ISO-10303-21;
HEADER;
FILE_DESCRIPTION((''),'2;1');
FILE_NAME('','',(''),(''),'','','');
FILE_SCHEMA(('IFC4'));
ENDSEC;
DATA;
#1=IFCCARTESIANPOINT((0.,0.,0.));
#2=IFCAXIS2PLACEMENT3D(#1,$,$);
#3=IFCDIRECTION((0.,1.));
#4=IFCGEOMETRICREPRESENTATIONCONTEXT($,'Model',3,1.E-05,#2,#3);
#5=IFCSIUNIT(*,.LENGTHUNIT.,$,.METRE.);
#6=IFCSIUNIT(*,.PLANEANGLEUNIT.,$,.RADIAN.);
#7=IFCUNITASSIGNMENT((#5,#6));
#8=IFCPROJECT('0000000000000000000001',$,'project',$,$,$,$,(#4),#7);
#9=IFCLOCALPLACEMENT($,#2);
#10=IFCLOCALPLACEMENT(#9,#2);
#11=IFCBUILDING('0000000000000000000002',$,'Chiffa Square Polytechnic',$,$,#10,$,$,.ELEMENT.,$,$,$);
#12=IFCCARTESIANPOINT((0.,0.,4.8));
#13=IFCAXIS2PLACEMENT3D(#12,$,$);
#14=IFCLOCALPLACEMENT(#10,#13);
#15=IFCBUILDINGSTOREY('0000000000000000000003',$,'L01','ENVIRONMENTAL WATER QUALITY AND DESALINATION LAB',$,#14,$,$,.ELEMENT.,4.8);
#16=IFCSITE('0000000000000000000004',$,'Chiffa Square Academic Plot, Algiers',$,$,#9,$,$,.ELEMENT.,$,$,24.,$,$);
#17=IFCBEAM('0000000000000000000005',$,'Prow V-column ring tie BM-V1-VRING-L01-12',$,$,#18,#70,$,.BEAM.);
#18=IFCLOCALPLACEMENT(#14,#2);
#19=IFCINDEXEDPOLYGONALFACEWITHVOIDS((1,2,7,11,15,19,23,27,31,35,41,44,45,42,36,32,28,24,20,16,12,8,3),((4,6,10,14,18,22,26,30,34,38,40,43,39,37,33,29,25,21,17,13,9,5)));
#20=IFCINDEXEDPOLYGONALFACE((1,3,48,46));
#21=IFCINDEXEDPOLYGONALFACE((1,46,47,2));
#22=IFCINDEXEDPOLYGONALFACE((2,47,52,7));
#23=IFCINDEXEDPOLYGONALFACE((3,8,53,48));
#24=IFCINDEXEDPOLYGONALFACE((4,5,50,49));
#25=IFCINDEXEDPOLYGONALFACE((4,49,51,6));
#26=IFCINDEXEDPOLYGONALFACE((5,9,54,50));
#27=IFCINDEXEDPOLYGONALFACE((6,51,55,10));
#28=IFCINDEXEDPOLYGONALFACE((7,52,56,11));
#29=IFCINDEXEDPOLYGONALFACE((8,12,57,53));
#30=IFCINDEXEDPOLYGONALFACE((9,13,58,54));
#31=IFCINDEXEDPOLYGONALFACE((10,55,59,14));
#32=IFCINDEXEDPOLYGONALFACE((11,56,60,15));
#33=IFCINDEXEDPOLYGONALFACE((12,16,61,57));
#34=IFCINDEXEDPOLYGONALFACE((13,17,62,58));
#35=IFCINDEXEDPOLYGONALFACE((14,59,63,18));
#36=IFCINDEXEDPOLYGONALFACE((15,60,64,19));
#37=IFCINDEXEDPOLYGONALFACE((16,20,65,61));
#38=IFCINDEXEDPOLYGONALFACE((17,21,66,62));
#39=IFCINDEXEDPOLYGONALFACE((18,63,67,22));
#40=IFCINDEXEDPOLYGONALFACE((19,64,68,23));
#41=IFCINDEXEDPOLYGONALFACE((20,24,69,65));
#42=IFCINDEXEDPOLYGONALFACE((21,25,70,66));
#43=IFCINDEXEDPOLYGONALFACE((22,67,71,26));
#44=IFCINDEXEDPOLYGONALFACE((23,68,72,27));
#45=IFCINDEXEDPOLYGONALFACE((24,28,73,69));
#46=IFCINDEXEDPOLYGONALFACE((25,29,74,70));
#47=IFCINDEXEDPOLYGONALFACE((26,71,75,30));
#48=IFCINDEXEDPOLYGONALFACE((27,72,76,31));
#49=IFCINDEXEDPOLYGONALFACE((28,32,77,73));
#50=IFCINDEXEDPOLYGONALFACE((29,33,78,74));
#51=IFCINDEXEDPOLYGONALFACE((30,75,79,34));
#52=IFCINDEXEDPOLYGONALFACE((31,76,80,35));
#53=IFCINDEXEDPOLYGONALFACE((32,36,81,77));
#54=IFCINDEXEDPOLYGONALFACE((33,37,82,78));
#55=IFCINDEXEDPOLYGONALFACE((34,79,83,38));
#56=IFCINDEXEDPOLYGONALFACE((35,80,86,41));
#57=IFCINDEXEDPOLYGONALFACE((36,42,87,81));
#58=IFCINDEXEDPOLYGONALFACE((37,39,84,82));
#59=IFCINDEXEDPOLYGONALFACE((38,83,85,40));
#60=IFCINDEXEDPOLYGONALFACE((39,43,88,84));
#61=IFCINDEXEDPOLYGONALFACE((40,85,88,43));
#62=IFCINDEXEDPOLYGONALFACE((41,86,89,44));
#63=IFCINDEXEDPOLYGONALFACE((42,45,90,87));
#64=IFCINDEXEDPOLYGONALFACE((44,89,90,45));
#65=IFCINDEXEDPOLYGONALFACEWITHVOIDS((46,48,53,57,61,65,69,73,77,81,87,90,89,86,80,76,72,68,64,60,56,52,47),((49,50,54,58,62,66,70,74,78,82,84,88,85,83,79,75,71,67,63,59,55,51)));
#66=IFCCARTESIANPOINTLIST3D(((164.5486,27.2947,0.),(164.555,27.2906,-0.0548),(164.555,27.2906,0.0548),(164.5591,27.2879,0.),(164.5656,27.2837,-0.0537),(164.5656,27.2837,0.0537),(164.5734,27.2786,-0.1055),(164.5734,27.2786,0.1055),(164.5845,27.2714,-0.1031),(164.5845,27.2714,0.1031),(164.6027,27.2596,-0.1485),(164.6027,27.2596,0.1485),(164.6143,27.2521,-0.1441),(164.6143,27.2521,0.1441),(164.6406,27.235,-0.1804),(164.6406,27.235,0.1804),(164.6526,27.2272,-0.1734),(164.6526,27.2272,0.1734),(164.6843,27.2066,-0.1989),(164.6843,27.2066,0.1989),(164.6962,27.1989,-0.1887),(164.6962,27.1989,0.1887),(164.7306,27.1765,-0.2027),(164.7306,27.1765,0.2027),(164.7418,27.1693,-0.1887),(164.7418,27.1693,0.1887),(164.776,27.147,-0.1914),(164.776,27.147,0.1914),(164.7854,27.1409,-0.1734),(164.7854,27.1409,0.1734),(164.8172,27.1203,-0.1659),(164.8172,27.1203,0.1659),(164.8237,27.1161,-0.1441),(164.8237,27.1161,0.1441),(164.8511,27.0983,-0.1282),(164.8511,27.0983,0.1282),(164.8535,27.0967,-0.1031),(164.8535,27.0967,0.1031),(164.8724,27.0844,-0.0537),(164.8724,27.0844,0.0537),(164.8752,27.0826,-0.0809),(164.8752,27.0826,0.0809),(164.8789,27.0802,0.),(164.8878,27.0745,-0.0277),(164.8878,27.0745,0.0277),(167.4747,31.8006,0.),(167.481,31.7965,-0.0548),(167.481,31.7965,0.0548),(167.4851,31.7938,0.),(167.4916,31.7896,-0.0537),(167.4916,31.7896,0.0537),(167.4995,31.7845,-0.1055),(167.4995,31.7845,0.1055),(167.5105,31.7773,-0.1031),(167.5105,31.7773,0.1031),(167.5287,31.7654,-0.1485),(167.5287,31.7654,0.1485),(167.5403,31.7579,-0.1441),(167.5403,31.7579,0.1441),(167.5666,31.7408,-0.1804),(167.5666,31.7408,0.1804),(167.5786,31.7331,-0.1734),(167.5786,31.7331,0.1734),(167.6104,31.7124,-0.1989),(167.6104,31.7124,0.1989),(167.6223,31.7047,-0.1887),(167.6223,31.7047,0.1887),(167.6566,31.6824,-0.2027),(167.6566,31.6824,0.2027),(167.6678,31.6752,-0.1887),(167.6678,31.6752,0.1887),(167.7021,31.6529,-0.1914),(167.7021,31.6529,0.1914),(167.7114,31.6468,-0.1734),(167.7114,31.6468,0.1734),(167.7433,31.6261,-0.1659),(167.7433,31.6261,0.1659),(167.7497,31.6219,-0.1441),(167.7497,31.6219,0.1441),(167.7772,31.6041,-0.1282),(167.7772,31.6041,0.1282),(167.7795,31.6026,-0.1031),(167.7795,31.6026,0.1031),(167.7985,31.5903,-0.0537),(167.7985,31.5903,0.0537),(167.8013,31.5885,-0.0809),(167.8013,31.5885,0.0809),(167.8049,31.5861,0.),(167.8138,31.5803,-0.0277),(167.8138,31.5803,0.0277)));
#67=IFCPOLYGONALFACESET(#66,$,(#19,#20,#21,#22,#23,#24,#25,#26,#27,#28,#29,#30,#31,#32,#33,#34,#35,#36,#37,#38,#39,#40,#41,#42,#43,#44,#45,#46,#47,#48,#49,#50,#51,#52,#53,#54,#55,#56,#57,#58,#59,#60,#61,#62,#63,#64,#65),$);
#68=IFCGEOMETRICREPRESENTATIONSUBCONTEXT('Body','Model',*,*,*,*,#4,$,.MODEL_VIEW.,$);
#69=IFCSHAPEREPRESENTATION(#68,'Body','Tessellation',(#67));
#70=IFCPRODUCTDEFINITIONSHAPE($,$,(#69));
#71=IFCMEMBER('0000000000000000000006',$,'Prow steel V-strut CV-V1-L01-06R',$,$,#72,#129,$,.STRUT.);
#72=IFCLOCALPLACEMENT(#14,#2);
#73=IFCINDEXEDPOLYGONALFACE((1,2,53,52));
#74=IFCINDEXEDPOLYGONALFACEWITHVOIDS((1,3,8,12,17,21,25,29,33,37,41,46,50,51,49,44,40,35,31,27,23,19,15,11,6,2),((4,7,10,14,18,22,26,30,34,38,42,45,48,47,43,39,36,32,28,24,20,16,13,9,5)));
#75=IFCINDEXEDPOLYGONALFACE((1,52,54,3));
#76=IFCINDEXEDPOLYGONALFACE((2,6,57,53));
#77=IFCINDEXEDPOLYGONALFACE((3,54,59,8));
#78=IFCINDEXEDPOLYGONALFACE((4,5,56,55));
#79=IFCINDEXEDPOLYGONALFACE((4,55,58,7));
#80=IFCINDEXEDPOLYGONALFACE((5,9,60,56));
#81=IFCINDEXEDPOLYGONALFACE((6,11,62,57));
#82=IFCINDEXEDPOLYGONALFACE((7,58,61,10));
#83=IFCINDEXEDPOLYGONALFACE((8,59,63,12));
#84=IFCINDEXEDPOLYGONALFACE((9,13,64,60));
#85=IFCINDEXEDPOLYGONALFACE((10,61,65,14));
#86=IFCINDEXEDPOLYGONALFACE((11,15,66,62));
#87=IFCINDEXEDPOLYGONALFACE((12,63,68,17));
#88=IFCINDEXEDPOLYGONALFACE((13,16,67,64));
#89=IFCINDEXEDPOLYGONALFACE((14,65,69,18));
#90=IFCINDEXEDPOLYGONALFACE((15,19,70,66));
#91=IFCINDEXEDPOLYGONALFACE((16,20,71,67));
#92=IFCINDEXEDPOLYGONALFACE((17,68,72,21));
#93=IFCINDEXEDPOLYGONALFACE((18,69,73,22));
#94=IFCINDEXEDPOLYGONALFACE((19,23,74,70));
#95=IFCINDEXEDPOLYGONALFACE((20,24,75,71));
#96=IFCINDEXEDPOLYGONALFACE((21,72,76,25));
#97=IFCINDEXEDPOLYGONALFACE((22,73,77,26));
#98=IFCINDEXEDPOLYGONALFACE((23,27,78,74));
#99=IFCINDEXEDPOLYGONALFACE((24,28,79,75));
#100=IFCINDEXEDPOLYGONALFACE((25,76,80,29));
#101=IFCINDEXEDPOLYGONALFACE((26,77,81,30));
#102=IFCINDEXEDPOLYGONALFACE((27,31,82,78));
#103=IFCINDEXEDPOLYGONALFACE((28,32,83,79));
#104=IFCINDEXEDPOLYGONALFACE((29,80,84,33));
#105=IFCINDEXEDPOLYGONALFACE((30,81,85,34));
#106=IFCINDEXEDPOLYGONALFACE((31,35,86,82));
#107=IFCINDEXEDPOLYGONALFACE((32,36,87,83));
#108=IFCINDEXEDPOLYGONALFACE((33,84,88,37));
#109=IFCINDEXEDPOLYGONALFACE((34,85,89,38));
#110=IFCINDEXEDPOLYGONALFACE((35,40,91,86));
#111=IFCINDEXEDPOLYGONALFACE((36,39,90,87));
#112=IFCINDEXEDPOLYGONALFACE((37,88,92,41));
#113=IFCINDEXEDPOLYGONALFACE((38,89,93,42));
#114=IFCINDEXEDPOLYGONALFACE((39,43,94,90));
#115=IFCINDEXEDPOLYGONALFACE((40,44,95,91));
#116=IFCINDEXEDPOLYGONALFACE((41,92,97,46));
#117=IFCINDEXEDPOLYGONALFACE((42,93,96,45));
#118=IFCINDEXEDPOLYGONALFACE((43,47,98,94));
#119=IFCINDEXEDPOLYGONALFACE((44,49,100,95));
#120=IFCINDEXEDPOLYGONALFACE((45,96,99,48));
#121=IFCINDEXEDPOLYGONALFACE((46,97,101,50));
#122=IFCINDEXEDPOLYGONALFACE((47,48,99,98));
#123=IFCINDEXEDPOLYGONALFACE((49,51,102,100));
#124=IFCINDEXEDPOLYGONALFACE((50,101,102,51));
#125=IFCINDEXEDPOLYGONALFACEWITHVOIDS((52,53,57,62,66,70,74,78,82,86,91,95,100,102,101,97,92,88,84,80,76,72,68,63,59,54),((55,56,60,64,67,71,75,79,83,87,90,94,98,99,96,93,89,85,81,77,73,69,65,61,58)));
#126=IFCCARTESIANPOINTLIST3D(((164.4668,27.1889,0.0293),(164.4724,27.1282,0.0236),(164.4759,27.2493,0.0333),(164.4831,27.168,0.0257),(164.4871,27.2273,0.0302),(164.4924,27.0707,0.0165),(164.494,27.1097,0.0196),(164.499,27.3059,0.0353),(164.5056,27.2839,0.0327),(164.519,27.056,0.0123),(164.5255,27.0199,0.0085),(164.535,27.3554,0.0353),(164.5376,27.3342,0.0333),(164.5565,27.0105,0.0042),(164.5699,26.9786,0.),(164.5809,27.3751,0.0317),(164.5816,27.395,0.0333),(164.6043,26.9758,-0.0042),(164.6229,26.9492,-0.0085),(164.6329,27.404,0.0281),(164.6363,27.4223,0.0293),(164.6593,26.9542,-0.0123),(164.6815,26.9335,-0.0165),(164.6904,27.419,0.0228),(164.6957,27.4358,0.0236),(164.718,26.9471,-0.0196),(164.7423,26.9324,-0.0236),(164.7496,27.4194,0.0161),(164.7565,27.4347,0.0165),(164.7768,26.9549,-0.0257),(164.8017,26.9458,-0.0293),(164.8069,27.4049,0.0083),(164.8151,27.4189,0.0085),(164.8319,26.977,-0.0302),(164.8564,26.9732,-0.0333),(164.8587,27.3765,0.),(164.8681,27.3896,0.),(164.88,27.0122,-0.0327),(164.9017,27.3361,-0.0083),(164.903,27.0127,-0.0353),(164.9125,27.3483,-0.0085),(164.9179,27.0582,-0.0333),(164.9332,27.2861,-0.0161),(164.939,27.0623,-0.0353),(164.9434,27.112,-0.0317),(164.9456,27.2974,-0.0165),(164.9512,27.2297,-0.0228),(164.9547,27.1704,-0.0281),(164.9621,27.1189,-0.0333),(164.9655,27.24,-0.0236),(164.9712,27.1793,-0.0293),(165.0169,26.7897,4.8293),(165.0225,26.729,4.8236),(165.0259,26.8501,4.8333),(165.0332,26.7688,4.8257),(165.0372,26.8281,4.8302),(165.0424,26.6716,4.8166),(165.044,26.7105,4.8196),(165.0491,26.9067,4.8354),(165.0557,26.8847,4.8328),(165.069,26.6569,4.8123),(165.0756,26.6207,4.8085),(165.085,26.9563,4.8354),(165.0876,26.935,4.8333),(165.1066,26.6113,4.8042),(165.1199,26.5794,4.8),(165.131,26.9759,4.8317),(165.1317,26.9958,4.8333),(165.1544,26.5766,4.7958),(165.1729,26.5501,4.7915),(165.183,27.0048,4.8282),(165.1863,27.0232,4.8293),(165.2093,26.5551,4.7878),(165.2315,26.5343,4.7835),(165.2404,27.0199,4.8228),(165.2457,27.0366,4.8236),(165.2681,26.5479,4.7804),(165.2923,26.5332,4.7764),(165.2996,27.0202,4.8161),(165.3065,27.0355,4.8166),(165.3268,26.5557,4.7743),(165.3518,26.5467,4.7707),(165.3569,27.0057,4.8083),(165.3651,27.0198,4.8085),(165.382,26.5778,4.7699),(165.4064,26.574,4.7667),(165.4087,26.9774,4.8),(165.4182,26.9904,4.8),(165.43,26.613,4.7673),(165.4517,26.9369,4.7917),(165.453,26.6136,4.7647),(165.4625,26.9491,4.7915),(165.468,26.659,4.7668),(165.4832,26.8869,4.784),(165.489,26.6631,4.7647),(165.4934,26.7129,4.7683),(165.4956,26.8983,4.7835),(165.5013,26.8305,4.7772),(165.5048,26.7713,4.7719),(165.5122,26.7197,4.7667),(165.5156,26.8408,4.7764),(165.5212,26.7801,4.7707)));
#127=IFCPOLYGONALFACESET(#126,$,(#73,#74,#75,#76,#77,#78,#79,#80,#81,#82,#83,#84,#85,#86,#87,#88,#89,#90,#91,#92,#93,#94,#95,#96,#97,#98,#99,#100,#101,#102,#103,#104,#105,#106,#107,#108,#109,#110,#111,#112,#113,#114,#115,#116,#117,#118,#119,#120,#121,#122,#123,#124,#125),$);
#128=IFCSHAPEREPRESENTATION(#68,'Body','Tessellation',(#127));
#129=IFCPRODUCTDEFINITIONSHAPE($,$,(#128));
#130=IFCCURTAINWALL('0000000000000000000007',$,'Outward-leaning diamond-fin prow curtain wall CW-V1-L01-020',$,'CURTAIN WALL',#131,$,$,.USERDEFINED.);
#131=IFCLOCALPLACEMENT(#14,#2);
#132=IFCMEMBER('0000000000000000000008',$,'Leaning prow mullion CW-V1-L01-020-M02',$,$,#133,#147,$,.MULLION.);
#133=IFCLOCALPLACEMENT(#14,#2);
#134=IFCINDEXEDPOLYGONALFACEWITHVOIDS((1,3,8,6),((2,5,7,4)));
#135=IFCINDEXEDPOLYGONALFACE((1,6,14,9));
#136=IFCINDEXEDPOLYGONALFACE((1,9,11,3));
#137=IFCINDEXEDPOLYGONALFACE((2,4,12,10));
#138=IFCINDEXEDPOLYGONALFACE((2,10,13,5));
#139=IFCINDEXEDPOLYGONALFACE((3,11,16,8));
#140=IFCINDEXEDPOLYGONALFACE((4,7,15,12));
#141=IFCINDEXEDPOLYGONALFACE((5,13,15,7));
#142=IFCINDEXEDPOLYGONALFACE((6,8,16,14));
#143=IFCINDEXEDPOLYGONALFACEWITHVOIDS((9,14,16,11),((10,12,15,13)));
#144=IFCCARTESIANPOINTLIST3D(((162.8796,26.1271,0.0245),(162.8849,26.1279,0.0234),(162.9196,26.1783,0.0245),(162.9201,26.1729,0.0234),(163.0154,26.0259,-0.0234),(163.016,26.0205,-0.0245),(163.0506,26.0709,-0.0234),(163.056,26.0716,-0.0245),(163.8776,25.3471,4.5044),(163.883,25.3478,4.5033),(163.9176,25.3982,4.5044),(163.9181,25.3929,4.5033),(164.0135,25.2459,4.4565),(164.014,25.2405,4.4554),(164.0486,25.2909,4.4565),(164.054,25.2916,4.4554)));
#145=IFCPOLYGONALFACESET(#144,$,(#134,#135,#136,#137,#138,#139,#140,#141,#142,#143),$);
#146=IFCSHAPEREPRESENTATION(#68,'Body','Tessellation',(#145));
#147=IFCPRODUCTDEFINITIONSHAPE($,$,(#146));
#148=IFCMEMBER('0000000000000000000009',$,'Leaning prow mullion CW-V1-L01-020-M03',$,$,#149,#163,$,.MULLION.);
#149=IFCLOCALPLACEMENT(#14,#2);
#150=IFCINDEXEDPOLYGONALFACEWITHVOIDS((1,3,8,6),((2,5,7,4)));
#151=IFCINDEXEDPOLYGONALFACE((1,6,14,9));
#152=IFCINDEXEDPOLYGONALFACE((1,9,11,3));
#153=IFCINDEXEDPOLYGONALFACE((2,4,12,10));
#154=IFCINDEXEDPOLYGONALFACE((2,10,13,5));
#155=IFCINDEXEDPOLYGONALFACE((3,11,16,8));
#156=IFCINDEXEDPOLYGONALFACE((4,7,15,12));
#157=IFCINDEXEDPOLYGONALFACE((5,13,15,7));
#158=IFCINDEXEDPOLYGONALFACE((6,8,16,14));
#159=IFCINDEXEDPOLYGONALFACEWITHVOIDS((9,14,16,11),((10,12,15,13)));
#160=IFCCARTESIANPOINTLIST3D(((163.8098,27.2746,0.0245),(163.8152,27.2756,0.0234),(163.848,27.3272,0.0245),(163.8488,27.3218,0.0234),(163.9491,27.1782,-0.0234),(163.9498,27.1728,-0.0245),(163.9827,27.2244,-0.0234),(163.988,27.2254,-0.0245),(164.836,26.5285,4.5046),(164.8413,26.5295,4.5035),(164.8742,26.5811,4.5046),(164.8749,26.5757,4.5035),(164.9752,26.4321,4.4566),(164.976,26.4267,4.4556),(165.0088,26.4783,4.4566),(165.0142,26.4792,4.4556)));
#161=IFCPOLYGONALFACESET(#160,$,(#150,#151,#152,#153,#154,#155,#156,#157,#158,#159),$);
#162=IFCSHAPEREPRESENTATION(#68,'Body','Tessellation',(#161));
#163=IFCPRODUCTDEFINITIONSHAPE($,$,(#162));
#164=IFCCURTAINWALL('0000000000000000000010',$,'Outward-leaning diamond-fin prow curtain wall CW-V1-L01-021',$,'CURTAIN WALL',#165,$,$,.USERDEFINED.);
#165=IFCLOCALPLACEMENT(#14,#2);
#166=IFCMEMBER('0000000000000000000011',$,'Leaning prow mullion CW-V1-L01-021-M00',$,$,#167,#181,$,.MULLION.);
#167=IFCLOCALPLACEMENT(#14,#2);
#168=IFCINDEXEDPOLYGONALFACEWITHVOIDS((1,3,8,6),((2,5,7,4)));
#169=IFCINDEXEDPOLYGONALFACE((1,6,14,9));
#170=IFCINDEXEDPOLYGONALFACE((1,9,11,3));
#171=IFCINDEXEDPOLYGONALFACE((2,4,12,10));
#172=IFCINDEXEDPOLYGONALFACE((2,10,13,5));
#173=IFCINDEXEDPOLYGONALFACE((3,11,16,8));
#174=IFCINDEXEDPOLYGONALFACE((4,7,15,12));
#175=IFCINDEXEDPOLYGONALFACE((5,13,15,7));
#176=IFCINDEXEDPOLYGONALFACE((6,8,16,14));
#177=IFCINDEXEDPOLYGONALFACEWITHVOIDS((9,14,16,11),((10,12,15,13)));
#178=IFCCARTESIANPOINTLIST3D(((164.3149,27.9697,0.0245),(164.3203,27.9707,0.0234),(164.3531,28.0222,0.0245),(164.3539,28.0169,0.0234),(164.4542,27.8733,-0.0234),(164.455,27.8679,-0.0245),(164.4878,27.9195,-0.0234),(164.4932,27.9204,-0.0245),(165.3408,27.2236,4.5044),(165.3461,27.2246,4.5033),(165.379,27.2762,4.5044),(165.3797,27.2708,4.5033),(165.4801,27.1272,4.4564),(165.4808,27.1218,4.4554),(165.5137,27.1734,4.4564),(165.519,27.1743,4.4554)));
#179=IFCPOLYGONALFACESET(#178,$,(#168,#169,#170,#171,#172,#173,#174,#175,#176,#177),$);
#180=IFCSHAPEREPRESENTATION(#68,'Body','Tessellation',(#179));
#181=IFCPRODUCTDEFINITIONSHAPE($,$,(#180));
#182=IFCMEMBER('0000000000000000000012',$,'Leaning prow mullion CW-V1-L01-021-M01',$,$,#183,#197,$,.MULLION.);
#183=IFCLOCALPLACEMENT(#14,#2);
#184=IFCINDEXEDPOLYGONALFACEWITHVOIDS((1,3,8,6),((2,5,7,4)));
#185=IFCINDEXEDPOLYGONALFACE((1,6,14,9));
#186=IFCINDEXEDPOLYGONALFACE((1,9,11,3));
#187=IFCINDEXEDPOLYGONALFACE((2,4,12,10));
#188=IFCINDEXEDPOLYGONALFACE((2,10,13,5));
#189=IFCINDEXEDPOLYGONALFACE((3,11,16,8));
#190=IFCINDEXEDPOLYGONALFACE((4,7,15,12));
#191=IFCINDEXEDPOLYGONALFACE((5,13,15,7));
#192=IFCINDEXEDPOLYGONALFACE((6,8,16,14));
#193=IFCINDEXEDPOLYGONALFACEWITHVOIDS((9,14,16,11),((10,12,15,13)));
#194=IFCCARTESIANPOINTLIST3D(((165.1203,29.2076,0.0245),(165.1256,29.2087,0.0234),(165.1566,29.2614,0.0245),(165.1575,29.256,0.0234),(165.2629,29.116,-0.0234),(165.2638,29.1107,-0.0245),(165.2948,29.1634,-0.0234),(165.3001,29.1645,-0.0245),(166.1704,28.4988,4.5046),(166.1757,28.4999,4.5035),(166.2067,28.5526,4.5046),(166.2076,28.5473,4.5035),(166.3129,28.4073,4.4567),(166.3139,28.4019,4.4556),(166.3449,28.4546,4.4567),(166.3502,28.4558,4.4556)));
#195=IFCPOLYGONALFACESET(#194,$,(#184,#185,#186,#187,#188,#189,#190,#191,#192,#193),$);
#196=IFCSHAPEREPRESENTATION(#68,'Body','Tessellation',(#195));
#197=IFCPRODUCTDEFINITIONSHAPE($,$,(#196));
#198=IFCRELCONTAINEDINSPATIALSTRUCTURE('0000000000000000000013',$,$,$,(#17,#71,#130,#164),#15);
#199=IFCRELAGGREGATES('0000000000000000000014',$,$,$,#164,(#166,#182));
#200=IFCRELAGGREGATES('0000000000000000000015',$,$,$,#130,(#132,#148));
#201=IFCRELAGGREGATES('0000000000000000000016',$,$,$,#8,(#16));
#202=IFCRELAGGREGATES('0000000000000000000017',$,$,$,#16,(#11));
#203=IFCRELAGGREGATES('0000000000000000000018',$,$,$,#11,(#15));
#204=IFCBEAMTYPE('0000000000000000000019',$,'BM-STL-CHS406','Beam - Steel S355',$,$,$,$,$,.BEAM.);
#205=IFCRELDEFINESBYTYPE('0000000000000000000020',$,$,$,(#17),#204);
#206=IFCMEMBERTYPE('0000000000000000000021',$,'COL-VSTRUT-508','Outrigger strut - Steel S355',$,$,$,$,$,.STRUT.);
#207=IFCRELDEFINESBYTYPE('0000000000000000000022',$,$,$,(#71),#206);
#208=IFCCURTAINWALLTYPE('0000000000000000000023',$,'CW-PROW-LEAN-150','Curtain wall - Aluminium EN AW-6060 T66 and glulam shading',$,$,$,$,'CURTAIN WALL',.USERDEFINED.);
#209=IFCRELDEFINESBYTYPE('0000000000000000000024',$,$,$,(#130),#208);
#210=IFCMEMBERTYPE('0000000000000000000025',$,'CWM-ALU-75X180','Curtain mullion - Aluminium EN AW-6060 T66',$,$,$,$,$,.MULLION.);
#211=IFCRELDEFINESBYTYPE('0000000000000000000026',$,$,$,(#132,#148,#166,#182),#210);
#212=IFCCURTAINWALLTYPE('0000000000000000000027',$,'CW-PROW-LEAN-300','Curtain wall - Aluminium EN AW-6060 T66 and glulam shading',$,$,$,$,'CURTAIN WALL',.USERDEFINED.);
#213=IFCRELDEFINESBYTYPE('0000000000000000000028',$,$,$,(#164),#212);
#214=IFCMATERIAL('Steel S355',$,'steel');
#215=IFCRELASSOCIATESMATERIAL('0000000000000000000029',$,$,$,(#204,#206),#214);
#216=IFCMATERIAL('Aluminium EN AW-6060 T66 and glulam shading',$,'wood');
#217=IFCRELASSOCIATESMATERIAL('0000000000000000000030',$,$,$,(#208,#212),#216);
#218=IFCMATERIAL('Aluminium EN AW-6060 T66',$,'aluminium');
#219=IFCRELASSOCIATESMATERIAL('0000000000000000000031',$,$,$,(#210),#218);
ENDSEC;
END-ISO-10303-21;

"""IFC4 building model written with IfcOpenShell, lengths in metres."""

from ifc_helpers import new_model, si_unit, direction, frame, origin, origin_2d, place, context, subcontext, project, spatial, hollow_rectangle, hollow_circle, extrude, material, material_profile, profile_set, type_object, element, aggregate, save


model = new_model("IFC4")

# Units and contexts
model_context = context("Model", 3, precision=1e-05, world=origin(), true_north=direction((0.0, 1.0)))
body_context = subcontext(model_context, "Body", "Model", "MODEL_VIEW")
ifc_project = project(units=[si_unit("LENGTHUNIT", "METRE"), si_unit("PLANEANGLEUNIT", "RADIAN")], contexts=[model_context])

# Site, building, storey
site_placement = place(None, origin())
site = spatial("IfcSite", under=ifc_project, at=site_placement, Name="Chiffa Square Academic Plot, Algiers", CompositionType="ELEMENT", RefElevation=24.0)
building_placement = place(site_placement, origin())
building = spatial("IfcBuilding", under=site, at=building_placement, Name="Chiffa Square Polytechnic", CompositionType="ELEMENT")
storey_placement = place(building_placement, frame((0.0, 0.0, 4.8)))
storey = spatial("IfcBuildingStorey", under=building, at=storey_placement, Name="L01", Description="ENVIRONMENTAL WATER QUALITY AND DESALINATION LAB", CompositionType="ELEMENT", Elevation=4.8)

# Beam
ifc_material_1 = material(Name="Steel S355", Category="steel")
ifc_material_profile_1 = material_profile(ifc_material_1, hollow_circle(Radius=0.2031, WallThickness=0.0125, at=origin_2d()), Name="CHS 406.4x12.5")
ifc_profile_set_1 = profile_set([ifc_material_profile_1], Name="Steel S355")
beam_type = type_object("IfcBeamType", Name="BM-STL-CHS406", Description="Beam - Steel S355", PredefinedType="BEAM", material=ifc_profile_set_1)
beam_placement = place(storey_placement, frame((164.719, 27.1841, 0.0), z_axis=(0.544624, 0.83868, 0.0), x_axis=(-0.83868, 0.544624, 0.0)))
element("IfcBeam", 1, at=beam_placement, inside=storey, type_object=beam_type, Name="Prow V-column ring tie BM-V1-VRING-L01-12", PredefinedType="BEAM", context=body_context, shape_type="SweptSolid", body=[
    extrude(hollow_circle(Radius=0.2031, WallThickness=0.0125, at=origin_2d()), origin(), (0.0, 0.0, 1.0), 5.3726),
])

# Member
ifc_material_profile_2 = material_profile(ifc_material_1, hollow_circle(Radius=0.2539, WallThickness=0.0161, at=origin_2d()), Name="CHS 508x16")
ifc_profile_set_2 = profile_set([ifc_material_profile_2], Name="Steel S355")
member_type_1 = type_object("IfcMemberType", Name="COL-VSTRUT-508", Description="Outrigger strut - Steel S355", PredefinedType="STRUT", material=ifc_profile_set_2)
member_1_placement = place(storey_placement, frame((164.719, 27.1841, 0.0), z_axis=(0.113461, -0.082338, 0.990125), x_axis=(0.587338, 0.809341, 0.0)))
element("IfcMember", 2, at=member_1_placement, inside=storey, type_object=member_type_1, Name="Prow steel V-strut CV-V1-L01-06R", PredefinedType="STRUT", context=body_context, shape_type="SweptSolid", body=[
    extrude(hollow_circle(Radius=0.2539, WallThickness=0.0161, at=origin_2d()), origin(), (0.0, 0.0, 1.0), 4.8479),
])

# Curtain walls, members
ifc_material_2 = material(Name="Aluminium EN AW-6060 T66 and glulam shading", Category="wood")
curtain_wall_type_1 = type_object("IfcCurtainWallType", Name="CW-PROW-LEAN-150", Description="Curtain wall - Aluminium EN AW-6060 T66 and glulam shading", ElementType="CURTAIN WALL", PredefinedType="USERDEFINED", material=ifc_material_2)
curtain_wall_1_placement = place(storey_placement, origin())
curtain_wall_1 = element("IfcCurtainWall", 3, at=curtain_wall_1_placement, inside=storey, type_object=curtain_wall_type_1, Name="Outward-leaning diamond-fin prow curtain wall CW-V1-L01-020", ObjectType="CURTAIN WALL", PredefinedType="USERDEFINED")
ifc_material_3 = material(Name="Aluminium EN AW-6060 T66", Category="aluminium")
ifc_material_profile_3 = material_profile(ifc_material_3, hollow_rectangle(XDim=0.0649, YDim=0.1799, WallThickness=0.0039, at=origin_2d()), Name="ALU 65x180x4")
ifc_profile_set_3 = profile_set([ifc_material_profile_3], Name="Aluminium EN AW-6060 T66")
member_type_2 = type_object("IfcMemberType", Name="CWM-ALU-75X180", Description="Curtain mullion - Aluminium EN AW-6060 T66", PredefinedType="MULLION", material=ifc_profile_set_3)
member_2_placement = place(storey_placement, frame((162.9678, 26.0994, 0.0), z_axis=(0.214375, -0.167546, 0.962274), x_axis=(0.615794, 0.787907, 0.0)))
member_2 = element("IfcMember", 4, at=member_2_placement, type_object=member_type_2, Name="Leaning prow mullion CW-V1-L01-020-M02", PredefinedType="MULLION", context=body_context, shape_type="SweptSolid", body=[
    extrude(hollow_rectangle(XDim=0.0649, YDim=0.1799, WallThickness=0.0039, at=origin_2d()), origin(), (0.0, 0.0, 1.0), 4.6555),
])
member_3_placement = place(storey_placement, frame((163.8989, 27.25, 0.0), z_axis=(0.22038, -0.160238, 0.962162), x_axis=(0.58808, 0.808803, 0.0)))
member_3 = element("IfcMember", 5, at=member_3_placement, type_object=member_type_2, Name="Leaning prow mullion CW-V1-L01-020-M03", PredefinedType="MULLION", context=body_context, shape_type="SweptSolid", body=[
    extrude(hollow_rectangle(XDim=0.0649, YDim=0.1799, WallThickness=0.0039, at=origin_2d()), origin(), (0.0, 0.0, 1.0), 4.6562),
])
curtain_wall_type_2 = type_object("IfcCurtainWallType", Name="CW-PROW-LEAN-300", Description="Curtain wall - Aluminium EN AW-6060 T66 and glulam shading", ElementType="CURTAIN WALL", PredefinedType="USERDEFINED", material=ifc_material_2)
curtain_wall_2_placement = place(storey_placement, origin())
curtain_wall_2 = element("IfcCurtainWall", 6, at=curtain_wall_2_placement, inside=storey, type_object=curtain_wall_type_2, Name="Outward-leaning diamond-fin prow curtain wall CW-V1-L01-021", ObjectType="CURTAIN WALL", PredefinedType="USERDEFINED")
member_4_placement = place(storey_placement, frame((164.4041, 27.9451, 0.0), z_axis=(0.22033, -0.16024, 0.962174), x_axis=(0.588172, 0.808736, 0.0)))
member_4 = element("IfcMember", 7, at=member_4_placement, type_object=member_type_2, Name="Leaning prow mullion CW-V1-L01-021-M00", PredefinedType="MULLION", context=body_context, shape_type="SweptSolid", body=[
    extrude(hollow_rectangle(XDim=0.0649, YDim=0.1799, WallThickness=0.0039, at=origin_2d()), origin(), (0.0, 0.0, 1.0), 4.656),
])
member_5_placement = place(storey_placement, frame((165.2102, 29.186, 0.0), z_axis=(0.225543, -0.152232, 0.962266), x_axis=(0.55945, 0.828864, 0.0)))
member_5 = element("IfcMember", 8, at=member_5_placement, type_object=member_type_2, Name="Leaning prow mullion CW-V1-L01-021-M01", PredefinedType="MULLION", context=body_context, shape_type="SweptSolid", body=[
    extrude(hollow_rectangle(XDim=0.0649, YDim=0.1799, WallThickness=0.0039, at=origin_2d()), origin(), (0.0, 0.0, 1.0), 4.6558),
])

aggregate(curtain_wall_2, [member_4, member_5])
aggregate(curtain_wall_1, [member_2, member_3])

save(model, "model.ifc")
